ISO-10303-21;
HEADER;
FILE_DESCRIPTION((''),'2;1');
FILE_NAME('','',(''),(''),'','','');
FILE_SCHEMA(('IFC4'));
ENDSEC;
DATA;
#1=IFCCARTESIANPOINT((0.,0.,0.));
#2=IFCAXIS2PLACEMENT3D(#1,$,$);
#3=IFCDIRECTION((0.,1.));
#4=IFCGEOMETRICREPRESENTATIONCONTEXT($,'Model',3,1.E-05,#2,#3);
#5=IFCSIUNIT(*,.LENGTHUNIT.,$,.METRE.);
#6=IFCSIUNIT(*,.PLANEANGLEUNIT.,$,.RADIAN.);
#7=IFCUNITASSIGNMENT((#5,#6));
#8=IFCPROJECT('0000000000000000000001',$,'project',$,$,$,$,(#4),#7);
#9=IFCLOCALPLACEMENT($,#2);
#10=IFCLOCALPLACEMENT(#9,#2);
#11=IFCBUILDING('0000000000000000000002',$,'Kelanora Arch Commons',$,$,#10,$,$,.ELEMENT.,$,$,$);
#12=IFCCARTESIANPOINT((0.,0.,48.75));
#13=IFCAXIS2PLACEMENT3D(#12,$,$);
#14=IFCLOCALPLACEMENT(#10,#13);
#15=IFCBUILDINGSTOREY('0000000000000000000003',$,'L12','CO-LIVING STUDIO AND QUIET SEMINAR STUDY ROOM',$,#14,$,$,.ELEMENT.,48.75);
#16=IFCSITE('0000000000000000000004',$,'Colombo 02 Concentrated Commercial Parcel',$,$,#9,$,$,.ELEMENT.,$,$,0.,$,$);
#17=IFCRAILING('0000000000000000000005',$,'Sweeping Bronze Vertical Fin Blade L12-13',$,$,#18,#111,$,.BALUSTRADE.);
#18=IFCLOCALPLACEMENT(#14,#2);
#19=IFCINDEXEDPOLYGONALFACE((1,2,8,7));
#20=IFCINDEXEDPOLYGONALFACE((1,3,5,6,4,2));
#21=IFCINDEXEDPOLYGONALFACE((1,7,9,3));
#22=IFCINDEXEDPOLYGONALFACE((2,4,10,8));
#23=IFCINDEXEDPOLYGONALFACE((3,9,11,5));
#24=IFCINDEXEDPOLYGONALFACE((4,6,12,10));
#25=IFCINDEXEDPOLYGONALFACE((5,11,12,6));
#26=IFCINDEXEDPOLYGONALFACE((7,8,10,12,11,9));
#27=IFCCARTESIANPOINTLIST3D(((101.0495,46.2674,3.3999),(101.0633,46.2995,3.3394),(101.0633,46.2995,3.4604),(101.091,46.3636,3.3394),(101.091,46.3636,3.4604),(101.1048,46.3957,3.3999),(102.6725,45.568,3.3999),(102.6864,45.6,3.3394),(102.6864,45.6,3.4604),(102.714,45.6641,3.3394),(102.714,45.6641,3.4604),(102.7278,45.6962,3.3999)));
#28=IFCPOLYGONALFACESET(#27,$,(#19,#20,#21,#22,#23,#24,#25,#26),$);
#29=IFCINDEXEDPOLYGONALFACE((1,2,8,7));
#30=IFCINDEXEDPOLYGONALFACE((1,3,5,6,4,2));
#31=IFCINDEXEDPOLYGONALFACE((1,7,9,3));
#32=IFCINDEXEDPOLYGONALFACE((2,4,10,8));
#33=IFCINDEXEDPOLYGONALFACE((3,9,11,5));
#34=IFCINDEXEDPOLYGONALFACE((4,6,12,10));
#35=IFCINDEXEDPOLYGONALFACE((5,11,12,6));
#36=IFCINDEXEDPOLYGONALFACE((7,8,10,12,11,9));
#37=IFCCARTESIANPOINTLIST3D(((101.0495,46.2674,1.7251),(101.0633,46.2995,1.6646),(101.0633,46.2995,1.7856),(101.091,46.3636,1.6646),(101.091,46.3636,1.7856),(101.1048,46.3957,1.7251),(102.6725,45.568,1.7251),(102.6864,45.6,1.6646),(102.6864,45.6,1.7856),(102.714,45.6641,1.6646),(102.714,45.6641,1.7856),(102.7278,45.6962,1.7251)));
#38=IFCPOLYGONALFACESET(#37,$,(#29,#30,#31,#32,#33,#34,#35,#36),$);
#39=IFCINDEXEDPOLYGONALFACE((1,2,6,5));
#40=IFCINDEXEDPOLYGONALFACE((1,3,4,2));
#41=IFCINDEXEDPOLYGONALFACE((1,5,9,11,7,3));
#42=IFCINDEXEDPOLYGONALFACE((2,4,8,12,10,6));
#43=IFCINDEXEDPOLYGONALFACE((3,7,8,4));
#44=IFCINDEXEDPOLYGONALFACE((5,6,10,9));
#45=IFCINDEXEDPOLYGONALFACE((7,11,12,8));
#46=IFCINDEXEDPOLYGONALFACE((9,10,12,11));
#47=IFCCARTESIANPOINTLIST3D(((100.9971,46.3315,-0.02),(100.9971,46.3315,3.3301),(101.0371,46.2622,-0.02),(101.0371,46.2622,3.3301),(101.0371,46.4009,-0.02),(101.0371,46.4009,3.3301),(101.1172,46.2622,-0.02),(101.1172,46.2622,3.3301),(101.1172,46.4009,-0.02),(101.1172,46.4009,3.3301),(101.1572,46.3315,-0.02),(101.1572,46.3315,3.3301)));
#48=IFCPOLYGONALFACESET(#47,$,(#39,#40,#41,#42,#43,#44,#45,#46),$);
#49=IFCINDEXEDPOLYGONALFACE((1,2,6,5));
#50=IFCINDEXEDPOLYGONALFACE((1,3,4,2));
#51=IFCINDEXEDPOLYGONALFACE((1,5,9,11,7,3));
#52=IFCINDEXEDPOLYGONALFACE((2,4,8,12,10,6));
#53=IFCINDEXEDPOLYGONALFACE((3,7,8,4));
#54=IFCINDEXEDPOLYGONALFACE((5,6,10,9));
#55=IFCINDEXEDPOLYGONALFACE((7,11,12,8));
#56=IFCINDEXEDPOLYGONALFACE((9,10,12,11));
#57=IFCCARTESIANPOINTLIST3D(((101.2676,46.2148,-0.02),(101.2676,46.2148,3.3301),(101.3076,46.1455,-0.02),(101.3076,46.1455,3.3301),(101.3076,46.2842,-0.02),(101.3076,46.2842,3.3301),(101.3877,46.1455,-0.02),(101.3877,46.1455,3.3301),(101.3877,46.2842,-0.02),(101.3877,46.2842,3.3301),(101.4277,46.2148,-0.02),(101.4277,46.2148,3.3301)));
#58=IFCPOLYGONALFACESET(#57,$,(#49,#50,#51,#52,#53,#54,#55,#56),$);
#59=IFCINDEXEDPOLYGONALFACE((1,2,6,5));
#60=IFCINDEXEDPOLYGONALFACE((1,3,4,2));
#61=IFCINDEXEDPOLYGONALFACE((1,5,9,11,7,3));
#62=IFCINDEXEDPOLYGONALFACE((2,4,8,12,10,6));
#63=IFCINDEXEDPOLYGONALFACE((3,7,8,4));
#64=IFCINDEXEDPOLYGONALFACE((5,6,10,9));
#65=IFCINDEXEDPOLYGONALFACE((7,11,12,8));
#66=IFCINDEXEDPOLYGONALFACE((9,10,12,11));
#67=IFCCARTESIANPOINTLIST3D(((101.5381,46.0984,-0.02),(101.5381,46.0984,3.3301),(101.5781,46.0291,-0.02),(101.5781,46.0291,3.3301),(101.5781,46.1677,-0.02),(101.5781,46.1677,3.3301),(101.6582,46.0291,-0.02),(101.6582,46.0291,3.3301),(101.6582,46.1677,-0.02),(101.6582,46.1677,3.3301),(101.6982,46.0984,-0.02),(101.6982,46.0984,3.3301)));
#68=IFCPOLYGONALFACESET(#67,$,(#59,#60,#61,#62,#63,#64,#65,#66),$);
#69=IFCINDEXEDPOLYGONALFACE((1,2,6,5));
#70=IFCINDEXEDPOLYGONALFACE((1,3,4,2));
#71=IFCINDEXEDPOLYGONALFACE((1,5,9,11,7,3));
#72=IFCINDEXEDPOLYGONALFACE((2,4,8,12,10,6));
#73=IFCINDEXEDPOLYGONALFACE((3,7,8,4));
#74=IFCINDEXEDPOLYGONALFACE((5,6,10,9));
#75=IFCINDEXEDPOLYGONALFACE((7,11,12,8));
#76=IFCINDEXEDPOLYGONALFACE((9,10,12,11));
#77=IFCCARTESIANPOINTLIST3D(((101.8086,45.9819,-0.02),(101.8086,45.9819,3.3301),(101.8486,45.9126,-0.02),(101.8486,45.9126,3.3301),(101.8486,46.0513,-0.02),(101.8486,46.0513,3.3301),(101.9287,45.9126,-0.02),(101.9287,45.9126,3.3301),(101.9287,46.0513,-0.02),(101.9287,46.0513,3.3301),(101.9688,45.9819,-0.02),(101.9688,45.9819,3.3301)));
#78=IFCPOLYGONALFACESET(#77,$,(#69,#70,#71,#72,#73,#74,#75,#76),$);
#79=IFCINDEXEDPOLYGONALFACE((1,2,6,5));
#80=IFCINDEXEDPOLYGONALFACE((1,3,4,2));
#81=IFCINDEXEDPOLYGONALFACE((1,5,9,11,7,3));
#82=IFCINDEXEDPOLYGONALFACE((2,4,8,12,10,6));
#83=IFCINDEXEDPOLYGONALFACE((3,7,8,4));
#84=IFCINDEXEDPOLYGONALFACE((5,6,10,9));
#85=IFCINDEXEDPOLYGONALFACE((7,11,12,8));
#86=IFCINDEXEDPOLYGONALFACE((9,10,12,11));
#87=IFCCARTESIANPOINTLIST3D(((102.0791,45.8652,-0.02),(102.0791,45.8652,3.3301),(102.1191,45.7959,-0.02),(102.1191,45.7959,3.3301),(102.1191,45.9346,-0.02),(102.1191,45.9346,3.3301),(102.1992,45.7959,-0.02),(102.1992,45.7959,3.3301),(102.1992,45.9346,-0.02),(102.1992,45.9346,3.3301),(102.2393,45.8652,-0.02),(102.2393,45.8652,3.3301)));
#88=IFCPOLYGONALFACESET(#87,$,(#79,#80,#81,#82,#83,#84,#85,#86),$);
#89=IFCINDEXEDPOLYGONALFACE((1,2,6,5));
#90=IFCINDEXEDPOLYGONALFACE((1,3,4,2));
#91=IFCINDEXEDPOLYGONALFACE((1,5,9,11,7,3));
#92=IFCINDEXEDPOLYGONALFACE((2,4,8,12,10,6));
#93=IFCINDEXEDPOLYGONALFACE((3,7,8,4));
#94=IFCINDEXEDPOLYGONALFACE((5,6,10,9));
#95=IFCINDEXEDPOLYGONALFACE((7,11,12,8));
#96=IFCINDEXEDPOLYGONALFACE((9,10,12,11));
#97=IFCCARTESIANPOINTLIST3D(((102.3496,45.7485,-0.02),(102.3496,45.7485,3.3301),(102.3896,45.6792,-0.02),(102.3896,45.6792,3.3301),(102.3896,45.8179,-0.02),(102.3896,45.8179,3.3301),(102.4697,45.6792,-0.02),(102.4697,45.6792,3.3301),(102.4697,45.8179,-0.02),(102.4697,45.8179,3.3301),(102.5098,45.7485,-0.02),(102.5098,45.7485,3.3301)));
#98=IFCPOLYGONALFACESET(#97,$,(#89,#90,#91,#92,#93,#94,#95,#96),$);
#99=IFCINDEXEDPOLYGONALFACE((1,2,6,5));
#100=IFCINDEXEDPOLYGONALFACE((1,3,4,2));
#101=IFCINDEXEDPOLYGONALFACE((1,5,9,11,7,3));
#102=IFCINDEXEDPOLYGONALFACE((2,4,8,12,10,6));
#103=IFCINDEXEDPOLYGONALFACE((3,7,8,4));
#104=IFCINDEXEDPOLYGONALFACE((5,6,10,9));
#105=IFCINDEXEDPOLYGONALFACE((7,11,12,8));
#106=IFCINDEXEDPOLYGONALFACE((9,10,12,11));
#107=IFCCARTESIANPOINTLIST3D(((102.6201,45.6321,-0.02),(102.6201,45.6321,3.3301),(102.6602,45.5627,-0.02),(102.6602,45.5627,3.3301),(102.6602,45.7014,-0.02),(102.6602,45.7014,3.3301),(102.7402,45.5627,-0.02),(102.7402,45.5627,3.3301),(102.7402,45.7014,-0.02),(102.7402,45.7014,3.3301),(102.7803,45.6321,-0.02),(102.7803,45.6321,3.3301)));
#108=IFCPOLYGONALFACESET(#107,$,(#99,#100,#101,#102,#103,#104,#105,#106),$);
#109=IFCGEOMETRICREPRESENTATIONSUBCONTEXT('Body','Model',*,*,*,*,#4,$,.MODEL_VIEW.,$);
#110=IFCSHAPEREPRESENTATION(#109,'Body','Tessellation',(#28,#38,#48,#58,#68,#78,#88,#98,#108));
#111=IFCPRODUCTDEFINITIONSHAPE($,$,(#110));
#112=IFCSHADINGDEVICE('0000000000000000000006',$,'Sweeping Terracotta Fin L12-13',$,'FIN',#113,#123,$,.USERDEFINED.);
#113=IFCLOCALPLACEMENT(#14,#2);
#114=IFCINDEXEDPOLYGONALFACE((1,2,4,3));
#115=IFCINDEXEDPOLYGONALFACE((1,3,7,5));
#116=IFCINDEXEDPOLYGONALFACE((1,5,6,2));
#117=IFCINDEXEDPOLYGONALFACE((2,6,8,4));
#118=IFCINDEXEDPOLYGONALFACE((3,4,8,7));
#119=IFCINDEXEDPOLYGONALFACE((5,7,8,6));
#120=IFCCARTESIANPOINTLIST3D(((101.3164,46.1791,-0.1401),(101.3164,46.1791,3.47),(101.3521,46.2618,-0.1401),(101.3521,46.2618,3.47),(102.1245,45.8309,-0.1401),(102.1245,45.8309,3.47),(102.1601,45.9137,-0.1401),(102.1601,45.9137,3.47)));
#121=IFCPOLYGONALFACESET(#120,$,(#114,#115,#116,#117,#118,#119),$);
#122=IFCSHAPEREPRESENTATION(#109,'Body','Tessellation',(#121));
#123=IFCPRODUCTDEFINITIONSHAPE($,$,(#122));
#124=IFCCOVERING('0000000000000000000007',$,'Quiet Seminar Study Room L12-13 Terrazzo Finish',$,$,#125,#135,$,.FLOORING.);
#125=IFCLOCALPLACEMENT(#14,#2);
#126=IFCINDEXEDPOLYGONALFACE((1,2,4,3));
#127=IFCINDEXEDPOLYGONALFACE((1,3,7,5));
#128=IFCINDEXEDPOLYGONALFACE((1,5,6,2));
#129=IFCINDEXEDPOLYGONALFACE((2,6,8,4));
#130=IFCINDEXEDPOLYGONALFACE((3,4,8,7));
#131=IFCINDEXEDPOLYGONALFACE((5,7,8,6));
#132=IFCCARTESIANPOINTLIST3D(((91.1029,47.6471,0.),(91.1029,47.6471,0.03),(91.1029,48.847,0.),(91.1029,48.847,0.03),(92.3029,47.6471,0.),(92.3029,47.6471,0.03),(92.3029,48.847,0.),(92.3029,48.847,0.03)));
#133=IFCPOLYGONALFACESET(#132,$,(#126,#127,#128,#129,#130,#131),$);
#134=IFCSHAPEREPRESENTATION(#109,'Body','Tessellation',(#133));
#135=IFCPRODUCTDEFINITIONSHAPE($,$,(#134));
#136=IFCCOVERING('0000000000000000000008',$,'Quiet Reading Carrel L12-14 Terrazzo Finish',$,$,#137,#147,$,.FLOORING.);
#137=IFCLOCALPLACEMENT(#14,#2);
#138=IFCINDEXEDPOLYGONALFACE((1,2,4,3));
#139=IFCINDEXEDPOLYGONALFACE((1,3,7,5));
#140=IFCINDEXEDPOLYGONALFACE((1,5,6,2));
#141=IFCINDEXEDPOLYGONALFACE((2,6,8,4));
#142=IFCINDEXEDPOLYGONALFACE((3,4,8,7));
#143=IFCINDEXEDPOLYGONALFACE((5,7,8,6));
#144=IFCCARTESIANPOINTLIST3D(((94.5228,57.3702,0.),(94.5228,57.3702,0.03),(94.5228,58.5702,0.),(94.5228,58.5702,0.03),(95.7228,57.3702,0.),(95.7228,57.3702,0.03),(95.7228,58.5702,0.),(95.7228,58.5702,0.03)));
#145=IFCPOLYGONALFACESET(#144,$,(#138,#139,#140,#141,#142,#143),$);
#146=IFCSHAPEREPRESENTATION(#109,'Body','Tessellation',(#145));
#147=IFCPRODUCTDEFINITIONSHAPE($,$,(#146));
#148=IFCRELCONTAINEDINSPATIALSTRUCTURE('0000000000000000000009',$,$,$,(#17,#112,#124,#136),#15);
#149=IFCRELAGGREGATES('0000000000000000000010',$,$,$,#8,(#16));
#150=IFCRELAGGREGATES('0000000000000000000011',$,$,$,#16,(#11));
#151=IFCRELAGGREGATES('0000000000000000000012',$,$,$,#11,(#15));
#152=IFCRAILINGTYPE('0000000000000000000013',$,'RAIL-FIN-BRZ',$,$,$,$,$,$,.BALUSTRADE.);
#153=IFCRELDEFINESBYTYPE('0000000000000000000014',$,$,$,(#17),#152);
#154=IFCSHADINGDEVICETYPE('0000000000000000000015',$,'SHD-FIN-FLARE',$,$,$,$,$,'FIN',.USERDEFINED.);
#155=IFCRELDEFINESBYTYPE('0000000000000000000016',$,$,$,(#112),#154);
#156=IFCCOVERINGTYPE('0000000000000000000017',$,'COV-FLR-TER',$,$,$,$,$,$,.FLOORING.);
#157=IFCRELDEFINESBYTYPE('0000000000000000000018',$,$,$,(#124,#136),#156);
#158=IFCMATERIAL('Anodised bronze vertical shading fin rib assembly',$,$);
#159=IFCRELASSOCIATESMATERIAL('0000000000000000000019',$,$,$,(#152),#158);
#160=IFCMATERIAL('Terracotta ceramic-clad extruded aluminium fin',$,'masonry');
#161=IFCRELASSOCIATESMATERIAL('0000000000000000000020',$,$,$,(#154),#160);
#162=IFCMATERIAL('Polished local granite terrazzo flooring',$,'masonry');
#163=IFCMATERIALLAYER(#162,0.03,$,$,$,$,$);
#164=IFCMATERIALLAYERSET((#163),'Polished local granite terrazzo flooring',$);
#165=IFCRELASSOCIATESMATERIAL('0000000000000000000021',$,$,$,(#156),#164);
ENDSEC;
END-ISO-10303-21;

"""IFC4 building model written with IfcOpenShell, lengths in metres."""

from ifc_helpers import new_model, si_unit, direction, frame, origin, origin_2d, place, context, subcontext, project, spatial, polyline, rectangle, outline, extrude, source, transform, mapped, material, layer, layer_set, type_object, element, save


model = new_model("IFC4")

# Units and contexts
model_context = context("Model", 3, precision=1e-05, world=origin(), true_north=direction((0.0, 1.0)))
body_context = subcontext(model_context, "Body", "Model", "MODEL_VIEW")
ifc_project = project(units=[si_unit("LENGTHUNIT", "METRE"), si_unit("PLANEANGLEUNIT", "RADIAN")], contexts=[model_context])

# Site, building, storey
site_placement = place(None, origin())
site = spatial("IfcSite", under=ifc_project, at=site_placement, Name="Colombo 02 Concentrated Commercial Parcel", CompositionType="ELEMENT", RefElevation=0.0)
building_placement = place(site_placement, origin())
building = spatial("IfcBuilding", under=site, at=building_placement, Name="Kelanora Arch Commons", CompositionType="ELEMENT")
storey_placement = place(building_placement, frame((0.0, 0.0, 48.75)))
storey = spatial("IfcBuildingStorey", under=building, at=storey_placement, Name="L12", Description="CO-LIVING STUDIO AND QUIET SEMINAR STUDY ROOM", CompositionType="ELEMENT", Elevation=48.75)

# Railing
ifc_material_1 = material(Name="Anodised bronze vertical shading fin rib assembly")
railing_type_1 = type_object("IfcRailingType", Name="RAIL-FIN-BRZ", PredefinedType="BALUSTRADE", material=ifc_material_1)
railing_1_placement = place(storey_placement, frame((101.0771, 46.3315, -0.02)))
element("IfcRailing", 1, at=railing_1_placement, inside=storey, type_object=railing_type_1, Name="Sweeping Bronze Vertical Fin Blade L12-13", PredefinedType="BALUSTRADE", context=body_context, shape_type="SweptSolid", body=[
    extrude(outline(polyline([(0.0698, 0.0), (0.0349, 0.0605), (-0.0349, 0.0605), (-0.0698, 0.0), (-0.0349, -0.0605), (0.0349, -0.0605), (0.0698, 0.0)])), frame((0.0, 0.0, 3.4199), z_axis=(0.91835, -0.395769, 0.0), x_axis=(0.395769, 0.91835, 0.0)), (0.0, 0.0, 1.0), 1.7673),
    extrude(outline(polyline([(0.0698, 0.0), (0.0349, 0.0605), (-0.0349, 0.0605), (-0.0698, 0.0), (-0.0349, -0.0605), (0.0349, -0.0605), (0.0698, 0.0)])), frame((0.0, 0.0, 1.7451), z_axis=(0.91835, -0.395769, 0.0), x_axis=(0.395769, 0.91835, 0.0)), (0.0, 0.0, 1.0), 1.7673),
    extrude(outline(polyline([(0.0801, 0.0), (0.04, 0.0693), (-0.04, 0.0693), (-0.0801, 0.0), (-0.04, -0.0693), (0.04, -0.0693), (0.0801, 0.0)])), origin(), (0.0, 0.0, 1.0), 3.3501),
    extrude(outline(polyline([(0.0801, 0.0), (0.04, 0.0693), (-0.04, 0.0693), (-0.0801, 0.0), (-0.04, -0.0693), (0.04, -0.0693), (0.0801, 0.0)])), frame((0.2705, -0.1167, 0.0)), (0.0, 0.0, 1.0), 3.3501),
    extrude(outline(polyline([(0.0801, 0.0), (0.04, 0.0693), (-0.04, 0.0693), (-0.0801, 0.0), (-0.04, -0.0693), (0.04, -0.0693), (0.0801, 0.0)])), frame((0.541, -0.2332, 0.0)), (0.0, 0.0, 1.0), 3.3501),
    extrude(outline(polyline([(0.0801, 0.0), (0.04, 0.0693), (-0.04, 0.0693), (-0.0801, 0.0), (-0.04, -0.0693), (0.04, -0.0693), (0.0801, 0.0)])), frame((0.8115, -0.3496, 0.0)), (0.0, 0.0, 1.0), 3.3501),
    extrude(outline(polyline([(0.0801, 0.0), (0.04, 0.0693), (-0.04, 0.0693), (-0.0801, 0.0), (-0.04, -0.0693), (0.04, -0.0693), (0.0801, 0.0)])), frame((1.082, -0.4663, 0.0)), (0.0, 0.0, 1.0), 3.3501),
    extrude(outline(polyline([(0.0801, 0.0), (0.04, 0.0693), (-0.04, 0.0693), (-0.0801, 0.0), (-0.04, -0.0693), (0.04, -0.0693), (0.0801, 0.0)])), frame((1.3525, -0.583, 0.0)), (0.0, 0.0, 1.0), 3.3501),
    extrude(outline(polyline([(0.0801, 0.0), (0.04, 0.0693), (-0.04, 0.0693), (-0.0801, 0.0), (-0.04, -0.0693), (0.04, -0.0693), (0.0801, 0.0)])), frame((1.623, -0.6995, 0.0)), (0.0, 0.0, 1.0), 3.3501),
])

# Shading device
ifc_material_2 = material(Name="Terracotta ceramic-clad extruded aluminium fin", Category="masonry")
shading_device_type = type_object("IfcShadingDeviceType", Name="SHD-FIN-FLARE", ElementType="FIN", PredefinedType="USERDEFINED", material=ifc_material_2)
shared_shape_1 = source(origin(), body_context, "Body", "SweptSolid", [
    extrude(rectangle(XDim=0.8799, YDim=0.0901, at=origin_2d()), origin(), (0.0, 0.0, 1.0), 3.6101),
])
shading_device_placement = place(storey_placement, frame((101.7383, 46.0464, -0.1401), z_axis=(0.0, 0.0, 1.0), x_axis=(0.918377, -0.395706, 0.0)))
element("IfcShadingDevice", 2, at=shading_device_placement, inside=storey, type_object=shading_device_type, Name="Sweeping Terracotta Fin L12-13", ObjectType="FIN", PredefinedType="USERDEFINED", context=body_context, shape_type="MappedRepresentation", body=[
    mapped(shared_shape_1, transform((0.0, 0.0, 0.0), scale=1.0)),
])

# Coverings
ifc_material_3 = material(Name="Polished local granite terrazzo flooring", Category="masonry")
ifc_layer_1 = layer(ifc_material_3, 0.03)
ifc_layer_set_1 = layer_set([ifc_layer_1], Name="Polished local granite terrazzo flooring")
covering_type = type_object("IfcCoveringType", Name="COV-FLR-TER", PredefinedType="FLOORING", material=ifc_layer_set_1)
shared_shape_2 = source(origin(), body_context, "Body", "SweptSolid", [
    extrude(rectangle(XDim=1.2, YDim=1.2, at=origin_2d()), origin(), (0.0, 0.0, 1.0), 0.03),
])
for number, where, z_axis, x_axis, name in (
    (3, (91.7029, 48.2471, 0.0), (0.0, 0.0, 1.0), (1.0, 0.0, 0.0), "Quiet Seminar Study Room L12-13 Terrazzo Finish"),
    (4, (95.1228, 57.9702, 0.0), (0.0, 0.0, 1.0), (1.0, 0.0, 0.0), "Quiet Reading Carrel L12-14 Terrazzo Finish"),
):
    element("IfcCovering", number, at=place(storey_placement, frame(where, z_axis=z_axis, x_axis=x_axis)), inside=storey, type_object=covering_type, Name=name, PredefinedType="FLOORING", context=body_context, shape_type="MappedRepresentation", body=[
        mapped(shared_shape_2, transform((0.0, 0.0, 0.0), scale=1.0)),
    ])

save(model, "model.ifc")
